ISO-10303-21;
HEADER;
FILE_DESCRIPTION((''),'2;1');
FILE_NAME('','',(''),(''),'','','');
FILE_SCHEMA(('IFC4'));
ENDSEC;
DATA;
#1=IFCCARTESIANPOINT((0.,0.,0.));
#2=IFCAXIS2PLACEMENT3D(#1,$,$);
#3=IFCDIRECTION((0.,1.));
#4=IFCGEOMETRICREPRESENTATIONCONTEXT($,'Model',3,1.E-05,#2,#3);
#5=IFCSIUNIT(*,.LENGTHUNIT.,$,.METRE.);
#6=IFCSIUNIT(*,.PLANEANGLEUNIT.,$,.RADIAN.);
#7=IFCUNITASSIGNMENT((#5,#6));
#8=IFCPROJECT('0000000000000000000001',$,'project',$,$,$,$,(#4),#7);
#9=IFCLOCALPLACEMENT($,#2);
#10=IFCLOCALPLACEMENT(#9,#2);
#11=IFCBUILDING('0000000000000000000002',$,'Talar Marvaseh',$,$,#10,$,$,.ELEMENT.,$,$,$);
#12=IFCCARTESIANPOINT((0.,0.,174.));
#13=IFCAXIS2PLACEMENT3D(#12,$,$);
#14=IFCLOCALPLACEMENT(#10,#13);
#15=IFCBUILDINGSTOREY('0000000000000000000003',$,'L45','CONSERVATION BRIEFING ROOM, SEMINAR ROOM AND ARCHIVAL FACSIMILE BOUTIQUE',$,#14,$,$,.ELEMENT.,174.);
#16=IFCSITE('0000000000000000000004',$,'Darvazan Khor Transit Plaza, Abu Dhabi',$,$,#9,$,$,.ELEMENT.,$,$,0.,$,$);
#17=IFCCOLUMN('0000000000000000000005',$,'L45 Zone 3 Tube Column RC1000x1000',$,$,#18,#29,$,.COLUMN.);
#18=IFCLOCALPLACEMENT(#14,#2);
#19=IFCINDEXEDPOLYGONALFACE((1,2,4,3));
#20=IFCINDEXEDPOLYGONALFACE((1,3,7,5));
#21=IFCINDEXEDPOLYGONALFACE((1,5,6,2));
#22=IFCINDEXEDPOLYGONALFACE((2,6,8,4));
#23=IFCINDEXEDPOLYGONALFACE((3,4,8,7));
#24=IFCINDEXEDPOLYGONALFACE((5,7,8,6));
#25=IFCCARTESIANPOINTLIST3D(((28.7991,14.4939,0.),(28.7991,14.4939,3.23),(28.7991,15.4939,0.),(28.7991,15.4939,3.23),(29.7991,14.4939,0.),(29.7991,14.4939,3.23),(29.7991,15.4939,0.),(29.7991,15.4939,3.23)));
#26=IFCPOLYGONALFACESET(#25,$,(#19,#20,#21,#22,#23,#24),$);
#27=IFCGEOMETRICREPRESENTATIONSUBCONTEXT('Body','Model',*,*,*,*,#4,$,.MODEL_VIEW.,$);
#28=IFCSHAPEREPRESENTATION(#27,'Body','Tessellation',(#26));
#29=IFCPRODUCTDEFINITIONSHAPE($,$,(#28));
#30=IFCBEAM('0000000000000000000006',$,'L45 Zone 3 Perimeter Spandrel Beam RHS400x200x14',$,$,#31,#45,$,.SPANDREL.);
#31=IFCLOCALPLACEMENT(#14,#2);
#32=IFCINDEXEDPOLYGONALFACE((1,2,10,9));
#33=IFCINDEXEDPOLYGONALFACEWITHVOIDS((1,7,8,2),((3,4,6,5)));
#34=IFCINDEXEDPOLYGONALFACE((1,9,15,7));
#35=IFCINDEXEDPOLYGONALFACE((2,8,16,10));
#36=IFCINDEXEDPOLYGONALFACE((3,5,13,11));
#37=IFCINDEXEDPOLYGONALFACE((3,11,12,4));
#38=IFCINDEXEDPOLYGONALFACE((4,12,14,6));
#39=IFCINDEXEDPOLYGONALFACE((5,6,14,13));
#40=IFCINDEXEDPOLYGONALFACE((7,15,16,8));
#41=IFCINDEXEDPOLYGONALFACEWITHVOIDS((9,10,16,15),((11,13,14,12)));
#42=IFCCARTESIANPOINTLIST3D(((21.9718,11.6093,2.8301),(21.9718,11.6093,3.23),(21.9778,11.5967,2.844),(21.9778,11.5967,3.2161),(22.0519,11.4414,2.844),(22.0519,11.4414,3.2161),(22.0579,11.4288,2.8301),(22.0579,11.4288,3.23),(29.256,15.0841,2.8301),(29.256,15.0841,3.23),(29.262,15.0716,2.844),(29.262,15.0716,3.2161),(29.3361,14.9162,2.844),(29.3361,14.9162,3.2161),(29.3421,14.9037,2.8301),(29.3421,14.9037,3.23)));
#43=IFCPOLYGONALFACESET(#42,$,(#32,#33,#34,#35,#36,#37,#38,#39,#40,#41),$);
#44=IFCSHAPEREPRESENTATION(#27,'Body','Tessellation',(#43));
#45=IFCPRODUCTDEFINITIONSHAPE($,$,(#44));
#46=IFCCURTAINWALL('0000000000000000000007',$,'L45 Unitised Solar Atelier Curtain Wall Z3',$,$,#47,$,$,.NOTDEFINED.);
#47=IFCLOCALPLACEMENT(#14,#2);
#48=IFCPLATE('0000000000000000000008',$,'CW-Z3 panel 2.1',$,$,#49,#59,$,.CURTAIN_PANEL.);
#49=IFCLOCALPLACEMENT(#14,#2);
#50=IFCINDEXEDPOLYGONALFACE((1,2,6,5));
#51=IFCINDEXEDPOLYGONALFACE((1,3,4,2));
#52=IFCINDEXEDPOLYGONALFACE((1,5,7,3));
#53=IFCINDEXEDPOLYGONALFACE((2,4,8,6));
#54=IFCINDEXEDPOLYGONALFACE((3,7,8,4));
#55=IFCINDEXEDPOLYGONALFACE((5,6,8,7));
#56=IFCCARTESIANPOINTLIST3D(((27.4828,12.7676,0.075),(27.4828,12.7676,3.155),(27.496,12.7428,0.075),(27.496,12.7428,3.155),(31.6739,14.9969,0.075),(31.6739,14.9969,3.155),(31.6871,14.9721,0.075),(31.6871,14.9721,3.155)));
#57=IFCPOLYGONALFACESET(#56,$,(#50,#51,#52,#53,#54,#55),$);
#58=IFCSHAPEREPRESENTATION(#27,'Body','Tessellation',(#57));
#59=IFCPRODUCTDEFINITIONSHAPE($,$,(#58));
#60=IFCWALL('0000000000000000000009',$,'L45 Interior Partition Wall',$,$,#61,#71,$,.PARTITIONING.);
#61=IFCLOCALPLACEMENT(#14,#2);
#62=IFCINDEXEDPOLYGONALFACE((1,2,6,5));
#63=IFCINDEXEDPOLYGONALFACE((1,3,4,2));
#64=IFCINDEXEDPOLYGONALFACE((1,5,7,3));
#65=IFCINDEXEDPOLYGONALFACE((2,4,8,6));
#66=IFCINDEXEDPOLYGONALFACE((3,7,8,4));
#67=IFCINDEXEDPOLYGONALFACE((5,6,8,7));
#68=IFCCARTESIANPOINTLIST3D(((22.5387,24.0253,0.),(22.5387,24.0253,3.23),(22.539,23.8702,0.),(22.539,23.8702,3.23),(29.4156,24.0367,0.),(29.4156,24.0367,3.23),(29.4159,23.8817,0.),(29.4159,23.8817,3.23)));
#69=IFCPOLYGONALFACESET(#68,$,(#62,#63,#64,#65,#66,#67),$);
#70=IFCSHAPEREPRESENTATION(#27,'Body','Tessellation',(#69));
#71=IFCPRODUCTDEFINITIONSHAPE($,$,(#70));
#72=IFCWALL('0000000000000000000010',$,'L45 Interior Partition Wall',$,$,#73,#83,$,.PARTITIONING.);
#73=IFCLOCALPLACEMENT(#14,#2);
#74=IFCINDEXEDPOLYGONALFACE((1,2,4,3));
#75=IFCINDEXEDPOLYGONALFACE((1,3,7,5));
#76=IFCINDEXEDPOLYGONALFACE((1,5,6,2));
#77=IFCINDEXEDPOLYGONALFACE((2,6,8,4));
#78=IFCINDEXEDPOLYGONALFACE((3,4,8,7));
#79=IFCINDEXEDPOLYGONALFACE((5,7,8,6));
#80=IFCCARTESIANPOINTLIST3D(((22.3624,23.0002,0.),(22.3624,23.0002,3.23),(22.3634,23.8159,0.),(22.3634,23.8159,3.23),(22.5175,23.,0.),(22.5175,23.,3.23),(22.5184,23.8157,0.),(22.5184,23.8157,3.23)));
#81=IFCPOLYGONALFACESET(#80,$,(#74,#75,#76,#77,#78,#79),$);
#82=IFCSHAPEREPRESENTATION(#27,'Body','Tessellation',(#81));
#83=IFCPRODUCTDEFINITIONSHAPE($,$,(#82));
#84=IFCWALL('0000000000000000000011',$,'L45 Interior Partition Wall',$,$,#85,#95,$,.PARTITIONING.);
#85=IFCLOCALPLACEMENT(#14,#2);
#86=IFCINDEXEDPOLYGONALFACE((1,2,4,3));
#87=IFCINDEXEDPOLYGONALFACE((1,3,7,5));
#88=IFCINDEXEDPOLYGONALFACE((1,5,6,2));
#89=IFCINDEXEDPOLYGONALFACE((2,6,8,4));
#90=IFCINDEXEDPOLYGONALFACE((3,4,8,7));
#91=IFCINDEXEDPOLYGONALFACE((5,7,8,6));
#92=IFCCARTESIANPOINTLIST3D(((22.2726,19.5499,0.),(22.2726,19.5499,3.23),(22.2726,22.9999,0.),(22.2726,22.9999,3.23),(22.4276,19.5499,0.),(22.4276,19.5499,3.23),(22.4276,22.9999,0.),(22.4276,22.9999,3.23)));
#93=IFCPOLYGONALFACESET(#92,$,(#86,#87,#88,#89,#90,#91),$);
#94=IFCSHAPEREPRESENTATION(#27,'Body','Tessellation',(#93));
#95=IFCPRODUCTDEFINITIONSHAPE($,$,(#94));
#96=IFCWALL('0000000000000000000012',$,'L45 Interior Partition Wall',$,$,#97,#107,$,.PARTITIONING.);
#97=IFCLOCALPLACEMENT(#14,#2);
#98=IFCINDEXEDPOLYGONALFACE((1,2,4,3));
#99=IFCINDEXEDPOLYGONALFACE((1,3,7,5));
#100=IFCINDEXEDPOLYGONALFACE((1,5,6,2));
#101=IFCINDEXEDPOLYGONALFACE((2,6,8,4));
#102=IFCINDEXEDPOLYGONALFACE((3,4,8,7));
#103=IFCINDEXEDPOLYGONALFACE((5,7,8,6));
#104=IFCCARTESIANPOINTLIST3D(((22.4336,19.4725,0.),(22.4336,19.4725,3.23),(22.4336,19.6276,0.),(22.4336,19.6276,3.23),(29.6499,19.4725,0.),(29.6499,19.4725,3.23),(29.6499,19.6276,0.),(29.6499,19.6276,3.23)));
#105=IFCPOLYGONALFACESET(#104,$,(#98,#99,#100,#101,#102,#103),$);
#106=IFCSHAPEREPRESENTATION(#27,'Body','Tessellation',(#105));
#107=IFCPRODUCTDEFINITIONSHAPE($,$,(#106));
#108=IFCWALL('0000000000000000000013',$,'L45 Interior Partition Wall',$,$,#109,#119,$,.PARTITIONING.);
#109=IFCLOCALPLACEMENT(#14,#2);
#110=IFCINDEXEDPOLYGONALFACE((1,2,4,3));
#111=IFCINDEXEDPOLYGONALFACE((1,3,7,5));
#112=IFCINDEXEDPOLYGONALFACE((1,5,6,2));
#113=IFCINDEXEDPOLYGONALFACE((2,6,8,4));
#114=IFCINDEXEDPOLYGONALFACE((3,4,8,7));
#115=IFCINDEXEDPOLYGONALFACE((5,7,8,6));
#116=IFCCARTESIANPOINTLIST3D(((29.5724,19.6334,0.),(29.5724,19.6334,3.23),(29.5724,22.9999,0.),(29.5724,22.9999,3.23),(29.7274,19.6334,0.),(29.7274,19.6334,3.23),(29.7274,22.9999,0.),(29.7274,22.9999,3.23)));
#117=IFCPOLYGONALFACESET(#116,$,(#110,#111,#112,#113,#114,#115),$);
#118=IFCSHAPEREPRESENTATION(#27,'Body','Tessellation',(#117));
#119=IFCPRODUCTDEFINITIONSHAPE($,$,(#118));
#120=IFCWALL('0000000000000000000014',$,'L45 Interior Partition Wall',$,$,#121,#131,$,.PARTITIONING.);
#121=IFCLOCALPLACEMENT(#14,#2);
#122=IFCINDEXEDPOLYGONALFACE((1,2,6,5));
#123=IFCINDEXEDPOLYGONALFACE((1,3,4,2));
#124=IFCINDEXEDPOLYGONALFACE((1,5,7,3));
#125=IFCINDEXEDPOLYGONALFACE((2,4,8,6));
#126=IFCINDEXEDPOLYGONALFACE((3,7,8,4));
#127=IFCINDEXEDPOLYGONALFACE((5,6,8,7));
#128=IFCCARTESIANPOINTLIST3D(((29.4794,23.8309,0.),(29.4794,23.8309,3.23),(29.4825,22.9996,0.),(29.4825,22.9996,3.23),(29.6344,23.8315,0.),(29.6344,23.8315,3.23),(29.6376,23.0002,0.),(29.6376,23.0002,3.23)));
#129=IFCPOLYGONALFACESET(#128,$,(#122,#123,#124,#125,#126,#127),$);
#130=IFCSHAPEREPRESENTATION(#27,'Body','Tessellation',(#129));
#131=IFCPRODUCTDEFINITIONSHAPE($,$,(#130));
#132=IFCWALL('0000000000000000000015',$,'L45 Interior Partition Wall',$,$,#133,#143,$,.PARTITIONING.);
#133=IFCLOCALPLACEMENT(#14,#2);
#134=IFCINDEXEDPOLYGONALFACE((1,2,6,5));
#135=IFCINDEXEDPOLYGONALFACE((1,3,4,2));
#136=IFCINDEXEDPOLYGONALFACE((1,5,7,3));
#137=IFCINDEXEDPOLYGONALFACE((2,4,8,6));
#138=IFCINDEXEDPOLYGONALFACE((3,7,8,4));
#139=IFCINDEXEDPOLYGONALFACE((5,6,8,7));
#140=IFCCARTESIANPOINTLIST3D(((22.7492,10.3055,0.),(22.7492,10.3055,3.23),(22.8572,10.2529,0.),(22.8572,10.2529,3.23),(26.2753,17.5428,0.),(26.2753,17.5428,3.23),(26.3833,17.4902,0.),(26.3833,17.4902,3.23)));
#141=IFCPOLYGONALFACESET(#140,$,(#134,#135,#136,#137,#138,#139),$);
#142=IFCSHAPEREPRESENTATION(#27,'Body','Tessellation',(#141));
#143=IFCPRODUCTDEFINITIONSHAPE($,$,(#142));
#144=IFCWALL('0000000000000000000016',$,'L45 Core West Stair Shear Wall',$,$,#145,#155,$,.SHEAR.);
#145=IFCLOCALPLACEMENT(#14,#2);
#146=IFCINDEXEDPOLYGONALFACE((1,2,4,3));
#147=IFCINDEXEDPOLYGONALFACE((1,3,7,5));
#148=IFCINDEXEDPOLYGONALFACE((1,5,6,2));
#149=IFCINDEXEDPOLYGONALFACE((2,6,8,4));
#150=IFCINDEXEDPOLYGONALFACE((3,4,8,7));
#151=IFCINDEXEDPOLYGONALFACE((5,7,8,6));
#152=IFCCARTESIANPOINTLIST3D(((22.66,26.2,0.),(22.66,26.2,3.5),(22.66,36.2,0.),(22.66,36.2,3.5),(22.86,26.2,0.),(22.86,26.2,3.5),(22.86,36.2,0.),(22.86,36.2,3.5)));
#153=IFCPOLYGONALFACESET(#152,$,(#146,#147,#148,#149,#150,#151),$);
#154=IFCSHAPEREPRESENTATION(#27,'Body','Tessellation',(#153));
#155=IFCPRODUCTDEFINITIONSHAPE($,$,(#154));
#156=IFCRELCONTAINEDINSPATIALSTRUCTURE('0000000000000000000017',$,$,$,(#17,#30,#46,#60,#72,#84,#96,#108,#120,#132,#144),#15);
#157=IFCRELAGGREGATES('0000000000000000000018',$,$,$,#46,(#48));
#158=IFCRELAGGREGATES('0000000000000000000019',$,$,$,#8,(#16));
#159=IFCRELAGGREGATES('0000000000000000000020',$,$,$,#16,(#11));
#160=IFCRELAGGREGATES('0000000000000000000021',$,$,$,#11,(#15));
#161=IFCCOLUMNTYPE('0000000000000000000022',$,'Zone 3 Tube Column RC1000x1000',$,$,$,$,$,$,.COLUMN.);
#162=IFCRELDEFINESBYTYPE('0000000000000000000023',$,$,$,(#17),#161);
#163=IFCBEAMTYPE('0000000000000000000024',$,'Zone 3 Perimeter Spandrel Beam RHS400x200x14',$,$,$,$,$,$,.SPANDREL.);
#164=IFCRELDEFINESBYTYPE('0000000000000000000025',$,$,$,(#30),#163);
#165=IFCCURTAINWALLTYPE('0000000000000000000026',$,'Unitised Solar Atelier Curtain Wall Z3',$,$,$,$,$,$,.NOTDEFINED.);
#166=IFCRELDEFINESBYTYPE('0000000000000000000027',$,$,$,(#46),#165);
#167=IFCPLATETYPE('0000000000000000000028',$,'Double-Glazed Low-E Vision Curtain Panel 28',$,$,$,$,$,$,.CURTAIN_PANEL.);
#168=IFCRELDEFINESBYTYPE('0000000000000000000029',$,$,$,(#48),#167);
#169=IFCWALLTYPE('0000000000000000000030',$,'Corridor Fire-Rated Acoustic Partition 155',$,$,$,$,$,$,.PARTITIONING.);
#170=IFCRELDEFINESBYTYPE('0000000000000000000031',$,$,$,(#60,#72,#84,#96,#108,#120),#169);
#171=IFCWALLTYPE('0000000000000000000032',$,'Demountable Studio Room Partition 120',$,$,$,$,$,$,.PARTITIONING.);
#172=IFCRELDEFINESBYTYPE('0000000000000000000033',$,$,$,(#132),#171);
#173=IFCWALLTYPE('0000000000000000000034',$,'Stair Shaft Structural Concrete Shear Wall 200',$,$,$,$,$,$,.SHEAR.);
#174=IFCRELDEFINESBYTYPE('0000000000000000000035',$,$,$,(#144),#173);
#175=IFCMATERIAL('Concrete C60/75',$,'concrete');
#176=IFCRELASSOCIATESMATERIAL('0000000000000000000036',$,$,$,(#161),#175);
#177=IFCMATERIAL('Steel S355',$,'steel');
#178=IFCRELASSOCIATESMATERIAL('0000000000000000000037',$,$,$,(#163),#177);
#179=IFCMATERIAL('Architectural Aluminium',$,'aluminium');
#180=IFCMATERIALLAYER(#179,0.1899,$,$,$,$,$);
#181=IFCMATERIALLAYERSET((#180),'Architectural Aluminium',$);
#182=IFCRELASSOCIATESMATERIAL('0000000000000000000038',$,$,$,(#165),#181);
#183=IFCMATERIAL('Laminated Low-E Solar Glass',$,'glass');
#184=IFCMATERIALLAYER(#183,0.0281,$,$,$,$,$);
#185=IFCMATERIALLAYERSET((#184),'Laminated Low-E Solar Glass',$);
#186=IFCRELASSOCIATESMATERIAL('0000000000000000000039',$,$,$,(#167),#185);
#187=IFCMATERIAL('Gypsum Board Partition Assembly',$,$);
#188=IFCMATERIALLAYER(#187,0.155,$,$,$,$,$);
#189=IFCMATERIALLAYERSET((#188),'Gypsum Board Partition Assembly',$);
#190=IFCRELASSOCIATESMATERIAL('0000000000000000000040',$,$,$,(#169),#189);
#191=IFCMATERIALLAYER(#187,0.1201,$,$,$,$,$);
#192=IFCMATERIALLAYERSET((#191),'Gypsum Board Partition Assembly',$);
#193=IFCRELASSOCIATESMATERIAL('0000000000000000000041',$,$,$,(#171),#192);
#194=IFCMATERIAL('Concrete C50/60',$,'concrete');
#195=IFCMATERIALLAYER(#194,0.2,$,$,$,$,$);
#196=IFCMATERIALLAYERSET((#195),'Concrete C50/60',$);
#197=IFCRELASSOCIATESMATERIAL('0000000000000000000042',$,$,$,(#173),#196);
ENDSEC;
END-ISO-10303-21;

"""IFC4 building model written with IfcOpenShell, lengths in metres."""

from ifc_helpers import new_model, si_unit, direction, frame, frame_2d, origin, origin_2d, place, context, subcontext, project, spatial, rectangle, hollow_rectangle, extrude, source, transform, mapped, material, layer, layer_set, material_profile, profile_set, type_object, type_shapes, element, aggregate, save


model = new_model("IFC4")

# Units and contexts
model_context = context("Model", 3, precision=1e-05, world=origin(), true_north=direction((0.0, 1.0)))
body_context = subcontext(model_context, "Body", "Model", "MODEL_VIEW")
ifc_project = project(units=[si_unit("LENGTHUNIT", "METRE"), si_unit("PLANEANGLEUNIT", "RADIAN")], contexts=[model_context])

# Site, building, storey
site_placement = place(None, origin())
site = spatial("IfcSite", under=ifc_project, at=site_placement, Name="Darvazan Khor Transit Plaza, Abu Dhabi", CompositionType="ELEMENT", RefElevation=0.0)
building_placement = place(site_placement, origin())
building = spatial("IfcBuilding", under=site, at=building_placement, Name="Talar Marvaseh", CompositionType="ELEMENT")
storey_placement = place(building_placement, frame((0.0, 0.0, 174.0)))
storey = spatial("IfcBuildingStorey", under=building, at=storey_placement, Name="L45", Description="CONSERVATION BRIEFING ROOM, SEMINAR ROOM AND ARCHIVAL FACSIMILE BOUTIQUE", CompositionType="ELEMENT", Elevation=174.0)

# Column
ifc_material_1 = material(Name="Concrete C60/75", Category="concrete")
ifc_material_profile_1 = material_profile(ifc_material_1, rectangle(XDim=1.0, YDim=1.0, at=origin_2d()), Name="RC1000x1000")
ifc_profile_set_1 = profile_set([ifc_material_profile_1], Name="Concrete C60/75")
column_type = type_object("IfcColumnType", Name="Zone 3 Tube Column RC1000x1000", PredefinedType="COLUMN", material=ifc_profile_set_1)
column_placement = place(storey_placement, frame((29.2991, 14.9939, 0.0), z_axis=(0.0, 0.0, 1.0), x_axis=(1.0, 0.0, 0.0)))
element("IfcColumn", 1, at=column_placement, inside=storey, type_object=column_type, Name="L45 Zone 3 Tube Column RC1000x1000", PredefinedType="COLUMN", context=body_context, shape_type="SweptSolid", body=[
    extrude(rectangle(XDim=1.0, YDim=1.0, at=origin_2d()), origin(), (0.0, 0.0, 1.0), 3.23),
])

# Beam
ifc_material_2 = material(Name="Steel S355", Category="steel")
ifc_material_profile_2 = material_profile(ifc_material_2, hollow_rectangle(XDim=0.2, YDim=0.3999, WallThickness=0.0139, at=origin_2d()), Name="RHS400x200x14")
ifc_profile_set_2 = profile_set([ifc_material_profile_2], Name="Steel S355")
beam_type = type_object("IfcBeamType", Name="Zone 3 Perimeter Spandrel Beam RHS400x200x14", PredefinedType="SPANDREL", material=ifc_profile_set_2)
beam_placement = place(storey_placement, frame((29.2991, 14.9939, 3.03), z_axis=(-0.902562, -0.430559, 0.0), x_axis=(0.430559, -0.902562, 0.0)))
element("IfcBeam", 2, at=beam_placement, inside=storey, type_object=beam_type, Name="L45 Zone 3 Perimeter Spandrel Beam RHS400x200x14", PredefinedType="SPANDREL", context=body_context, shape_type="SweptSolid", body=[
    extrude(hollow_rectangle(XDim=0.2, YDim=0.3999, WallThickness=0.0139, at=origin_2d()), origin(), (0.0, 0.0, 1.0), 8.0706),
])

# Curtain wall, plate
ifc_material_3 = material(Name="Architectural Aluminium", Category="aluminium")
ifc_layer_1 = layer(ifc_material_3, 0.1899)
ifc_layer_set_1 = layer_set([ifc_layer_1], Name="Architectural Aluminium")
curtain_wall_type = type_object("IfcCurtainWallType", Name="Unitised Solar Atelier Curtain Wall Z3", PredefinedType="NOTDEFINED", material=ifc_layer_set_1)
curtain_wall_placement = place(storey_placement, origin())
curtain_wall = element("IfcCurtainWall", 3, at=curtain_wall_placement, inside=storey, type_object=curtain_wall_type, Name="L45 Unitised Solar Atelier Curtain Wall Z3", PredefinedType="NOTDEFINED")
ifc_material_4 = material(Name="Laminated Low-E Solar Glass", Category="glass")
ifc_layer_2 = layer(ifc_material_4, 0.0281)
ifc_layer_set_2 = layer_set([ifc_layer_2], Name="Laminated Low-E Solar Glass")
plate_type = type_object("IfcPlateType", Name="Double-Glazed Low-E Vision Curtain Panel 28", PredefinedType="CURTAIN_PANEL", material=ifc_layer_set_2)
shared_shape_1 = source(origin(), body_context, "Body", "SweptSolid", [
    extrude(rectangle(XDim=4.7471, YDim=0.0281, at=origin_2d()), origin(), (0.0, 0.0, 1.0), 3.0801),
])
type_shapes(plate_type, [shared_shape_1])
plate_placement = place(storey_placement, frame((29.585, 13.8699, 0.075), z_axis=(0.0, 0.0, 1.0), x_axis=(-0.882874, -0.46961, 0.0)))
plate = element("IfcPlate", 4, at=plate_placement, type_object=plate_type, Name="CW-Z3 panel 2.1", PredefinedType="CURTAIN_PANEL", context=body_context, shape_type="MappedRepresentation", body=[
    mapped(shared_shape_1, transform((0.0, 0.0, 0.0), x_axis=(1.0, 0.0, 0.0), y_axis=(0.0, 1.0, 0.0), z_axis=(0.0, 0.0, 1.0), scale=1.0)),
])
aggregate(curtain_wall, [plate])

# Walls
ifc_material_5 = material(Name="Gypsum Board Partition Assembly")
ifc_layer_3 = layer(ifc_material_5, 0.155)
ifc_layer_set_3 = layer_set([ifc_layer_3], Name="Gypsum Board Partition Assembly")
wall_type_1 = type_object("IfcWallType", Name="Corridor Fire-Rated Acoustic Partition 155", PredefinedType="PARTITIONING", material=ifc_layer_set_3)
wall_1_placement = place(storey_placement, frame((29.4158, 23.9592, 0.0), z_axis=(0.0, 0.0, 1.0), x_axis=(-0.999999, -0.001669, 0.0)))
element("IfcWall", 5, at=wall_1_placement, inside=storey, type_object=wall_type_1, Name="L45 Interior Partition Wall", PredefinedType="PARTITIONING", context=body_context, shape_type="SweptSolid", body=[
    extrude(rectangle(XDim=6.877, YDim=0.155, at=frame_2d((3.4385, 0.0))), origin(), (0.0, 0.0, 1.0), 3.23),
])
wall_2_placement = place(storey_placement, frame((22.4409, 23.8157, 0.0), z_axis=(0.0, 0.0, 1.0), x_axis=(-0.001197, -0.999999, 0.0)))
element("IfcWall", 6, at=wall_2_placement, inside=storey, type_object=wall_type_1, Name="L45 Interior Partition Wall", PredefinedType="PARTITIONING", context=body_context, shape_type="SweptSolid", body=[
    extrude(rectangle(XDim=0.8157, YDim=0.155, at=frame_2d((0.4077, 0.0))), origin(), (0.0, 0.0, 1.0), 3.23),
])
wall_3_placement = place(storey_placement, frame((22.3501, 23.0, 0.0), z_axis=(0.0, 0.0, 1.0), x_axis=(0.0, -1.0, 0.0)))
element("IfcWall", 7, at=wall_3_placement, inside=storey, type_object=wall_type_1, Name="L45 Interior Partition Wall", PredefinedType="PARTITIONING", context=body_context, shape_type="SweptSolid", body=[
    extrude(rectangle(XDim=3.45, YDim=0.155, at=frame_2d((1.7251, 0.0))), origin(), (0.0, 0.0, 1.0), 3.23),
])
wall_4_placement = place(storey_placement, frame((22.4336, 19.55, 0.0), z_axis=(0.0, 0.0, 1.0), x_axis=(1.0, 0.0, 0.0)))
element("IfcWall", 8, at=wall_4_placement, inside=storey, type_object=wall_type_1, Name="L45 Interior Partition Wall", PredefinedType="PARTITIONING", context=body_context, shape_type="SweptSolid", body=[
    extrude(rectangle(XDim=7.2163, YDim=0.155, at=frame_2d((3.6082, 0.0))), origin(), (0.0, 0.0, 1.0), 3.23),
])
wall_5_placement = place(storey_placement, frame((29.6499, 19.6335, 0.0), z_axis=(0.0, 0.0, 1.0), x_axis=(0.0, 1.0, 0.0)))
element("IfcWall", 9, at=wall_5_placement, inside=storey, type_object=wall_type_1, Name="L45 Interior Partition Wall", PredefinedType="PARTITIONING", context=body_context, shape_type="SweptSolid", body=[
    extrude(rectangle(XDim=3.3665, YDim=0.155, at=frame_2d((1.6831, 0.0))), origin(), (0.0, 0.0, 1.0), 3.23),
])
wall_6_placement = place(storey_placement, frame((29.5601, 23.0, 0.0), z_axis=(0.0, 0.0, 1.0), x_axis=(-0.003818, 0.999993, 0.0)))
element("IfcWall", 10, at=wall_6_placement, inside=storey, type_object=wall_type_1, Name="L45 Interior Partition Wall", PredefinedType="PARTITIONING", context=body_context, shape_type="SweptSolid", body=[
    extrude(rectangle(XDim=0.8313, YDim=0.155, at=frame_2d((0.4155, 0.0))), origin(), (0.0, 0.0, 1.0), 3.23),
])
ifc_layer_4 = layer(ifc_material_5, 0.1201)
ifc_layer_set_4 = layer_set([ifc_layer_4], Name="Gypsum Board Partition Assembly")
wall_type_2 = type_object("IfcWallType", Name="Demountable Studio Room Partition 120", PredefinedType="PARTITIONING", material=ifc_layer_set_4)
wall_7_placement = place(storey_placement, frame((26.3293, 17.5166, 0.0), z_axis=(0.0, 0.0, 1.0), x_axis=(-0.437995, -0.898977, 0.0)))
element("IfcWall", 11, at=wall_7_placement, inside=storey, type_object=wall_type_2, Name="L45 Interior Partition Wall", PredefinedType="PARTITIONING", context=body_context, shape_type="SweptSolid", body=[
    extrude(rectangle(XDim=8.0505, YDim=0.1201, at=frame_2d((4.0254, 0.0))), origin(), (0.0, 0.0, 1.0), 3.23),
])
ifc_material_6 = material(Name="Concrete C50/60", Category="concrete")
ifc_layer_5 = layer(ifc_material_6, 0.2)
ifc_layer_set_5 = layer_set([ifc_layer_5], Name="Concrete C50/60")
wall_type_3 = type_object("IfcWallType", Name="Stair Shaft Structural Concrete Shear Wall 200", PredefinedType="SHEAR", material=ifc_layer_set_5)
wall_8_placement = place(storey_placement, frame((22.76, 26.2, 0.0), z_axis=(0.0, 0.0, 1.0), x_axis=(0.0, 1.0, 0.0)))
element("IfcWall", 12, at=wall_8_placement, inside=storey, type_object=wall_type_3, Name="L45 Core West Stair Shear Wall", PredefinedType="SHEAR", context=body_context, shape_type="SweptSolid", body=[
    extrude(rectangle(XDim=10.0, YDim=0.2, at=frame_2d((5.0, 0.0))), origin(), (0.0, 0.0, 1.0), 3.5),
])

save(model, "model.ifc")
